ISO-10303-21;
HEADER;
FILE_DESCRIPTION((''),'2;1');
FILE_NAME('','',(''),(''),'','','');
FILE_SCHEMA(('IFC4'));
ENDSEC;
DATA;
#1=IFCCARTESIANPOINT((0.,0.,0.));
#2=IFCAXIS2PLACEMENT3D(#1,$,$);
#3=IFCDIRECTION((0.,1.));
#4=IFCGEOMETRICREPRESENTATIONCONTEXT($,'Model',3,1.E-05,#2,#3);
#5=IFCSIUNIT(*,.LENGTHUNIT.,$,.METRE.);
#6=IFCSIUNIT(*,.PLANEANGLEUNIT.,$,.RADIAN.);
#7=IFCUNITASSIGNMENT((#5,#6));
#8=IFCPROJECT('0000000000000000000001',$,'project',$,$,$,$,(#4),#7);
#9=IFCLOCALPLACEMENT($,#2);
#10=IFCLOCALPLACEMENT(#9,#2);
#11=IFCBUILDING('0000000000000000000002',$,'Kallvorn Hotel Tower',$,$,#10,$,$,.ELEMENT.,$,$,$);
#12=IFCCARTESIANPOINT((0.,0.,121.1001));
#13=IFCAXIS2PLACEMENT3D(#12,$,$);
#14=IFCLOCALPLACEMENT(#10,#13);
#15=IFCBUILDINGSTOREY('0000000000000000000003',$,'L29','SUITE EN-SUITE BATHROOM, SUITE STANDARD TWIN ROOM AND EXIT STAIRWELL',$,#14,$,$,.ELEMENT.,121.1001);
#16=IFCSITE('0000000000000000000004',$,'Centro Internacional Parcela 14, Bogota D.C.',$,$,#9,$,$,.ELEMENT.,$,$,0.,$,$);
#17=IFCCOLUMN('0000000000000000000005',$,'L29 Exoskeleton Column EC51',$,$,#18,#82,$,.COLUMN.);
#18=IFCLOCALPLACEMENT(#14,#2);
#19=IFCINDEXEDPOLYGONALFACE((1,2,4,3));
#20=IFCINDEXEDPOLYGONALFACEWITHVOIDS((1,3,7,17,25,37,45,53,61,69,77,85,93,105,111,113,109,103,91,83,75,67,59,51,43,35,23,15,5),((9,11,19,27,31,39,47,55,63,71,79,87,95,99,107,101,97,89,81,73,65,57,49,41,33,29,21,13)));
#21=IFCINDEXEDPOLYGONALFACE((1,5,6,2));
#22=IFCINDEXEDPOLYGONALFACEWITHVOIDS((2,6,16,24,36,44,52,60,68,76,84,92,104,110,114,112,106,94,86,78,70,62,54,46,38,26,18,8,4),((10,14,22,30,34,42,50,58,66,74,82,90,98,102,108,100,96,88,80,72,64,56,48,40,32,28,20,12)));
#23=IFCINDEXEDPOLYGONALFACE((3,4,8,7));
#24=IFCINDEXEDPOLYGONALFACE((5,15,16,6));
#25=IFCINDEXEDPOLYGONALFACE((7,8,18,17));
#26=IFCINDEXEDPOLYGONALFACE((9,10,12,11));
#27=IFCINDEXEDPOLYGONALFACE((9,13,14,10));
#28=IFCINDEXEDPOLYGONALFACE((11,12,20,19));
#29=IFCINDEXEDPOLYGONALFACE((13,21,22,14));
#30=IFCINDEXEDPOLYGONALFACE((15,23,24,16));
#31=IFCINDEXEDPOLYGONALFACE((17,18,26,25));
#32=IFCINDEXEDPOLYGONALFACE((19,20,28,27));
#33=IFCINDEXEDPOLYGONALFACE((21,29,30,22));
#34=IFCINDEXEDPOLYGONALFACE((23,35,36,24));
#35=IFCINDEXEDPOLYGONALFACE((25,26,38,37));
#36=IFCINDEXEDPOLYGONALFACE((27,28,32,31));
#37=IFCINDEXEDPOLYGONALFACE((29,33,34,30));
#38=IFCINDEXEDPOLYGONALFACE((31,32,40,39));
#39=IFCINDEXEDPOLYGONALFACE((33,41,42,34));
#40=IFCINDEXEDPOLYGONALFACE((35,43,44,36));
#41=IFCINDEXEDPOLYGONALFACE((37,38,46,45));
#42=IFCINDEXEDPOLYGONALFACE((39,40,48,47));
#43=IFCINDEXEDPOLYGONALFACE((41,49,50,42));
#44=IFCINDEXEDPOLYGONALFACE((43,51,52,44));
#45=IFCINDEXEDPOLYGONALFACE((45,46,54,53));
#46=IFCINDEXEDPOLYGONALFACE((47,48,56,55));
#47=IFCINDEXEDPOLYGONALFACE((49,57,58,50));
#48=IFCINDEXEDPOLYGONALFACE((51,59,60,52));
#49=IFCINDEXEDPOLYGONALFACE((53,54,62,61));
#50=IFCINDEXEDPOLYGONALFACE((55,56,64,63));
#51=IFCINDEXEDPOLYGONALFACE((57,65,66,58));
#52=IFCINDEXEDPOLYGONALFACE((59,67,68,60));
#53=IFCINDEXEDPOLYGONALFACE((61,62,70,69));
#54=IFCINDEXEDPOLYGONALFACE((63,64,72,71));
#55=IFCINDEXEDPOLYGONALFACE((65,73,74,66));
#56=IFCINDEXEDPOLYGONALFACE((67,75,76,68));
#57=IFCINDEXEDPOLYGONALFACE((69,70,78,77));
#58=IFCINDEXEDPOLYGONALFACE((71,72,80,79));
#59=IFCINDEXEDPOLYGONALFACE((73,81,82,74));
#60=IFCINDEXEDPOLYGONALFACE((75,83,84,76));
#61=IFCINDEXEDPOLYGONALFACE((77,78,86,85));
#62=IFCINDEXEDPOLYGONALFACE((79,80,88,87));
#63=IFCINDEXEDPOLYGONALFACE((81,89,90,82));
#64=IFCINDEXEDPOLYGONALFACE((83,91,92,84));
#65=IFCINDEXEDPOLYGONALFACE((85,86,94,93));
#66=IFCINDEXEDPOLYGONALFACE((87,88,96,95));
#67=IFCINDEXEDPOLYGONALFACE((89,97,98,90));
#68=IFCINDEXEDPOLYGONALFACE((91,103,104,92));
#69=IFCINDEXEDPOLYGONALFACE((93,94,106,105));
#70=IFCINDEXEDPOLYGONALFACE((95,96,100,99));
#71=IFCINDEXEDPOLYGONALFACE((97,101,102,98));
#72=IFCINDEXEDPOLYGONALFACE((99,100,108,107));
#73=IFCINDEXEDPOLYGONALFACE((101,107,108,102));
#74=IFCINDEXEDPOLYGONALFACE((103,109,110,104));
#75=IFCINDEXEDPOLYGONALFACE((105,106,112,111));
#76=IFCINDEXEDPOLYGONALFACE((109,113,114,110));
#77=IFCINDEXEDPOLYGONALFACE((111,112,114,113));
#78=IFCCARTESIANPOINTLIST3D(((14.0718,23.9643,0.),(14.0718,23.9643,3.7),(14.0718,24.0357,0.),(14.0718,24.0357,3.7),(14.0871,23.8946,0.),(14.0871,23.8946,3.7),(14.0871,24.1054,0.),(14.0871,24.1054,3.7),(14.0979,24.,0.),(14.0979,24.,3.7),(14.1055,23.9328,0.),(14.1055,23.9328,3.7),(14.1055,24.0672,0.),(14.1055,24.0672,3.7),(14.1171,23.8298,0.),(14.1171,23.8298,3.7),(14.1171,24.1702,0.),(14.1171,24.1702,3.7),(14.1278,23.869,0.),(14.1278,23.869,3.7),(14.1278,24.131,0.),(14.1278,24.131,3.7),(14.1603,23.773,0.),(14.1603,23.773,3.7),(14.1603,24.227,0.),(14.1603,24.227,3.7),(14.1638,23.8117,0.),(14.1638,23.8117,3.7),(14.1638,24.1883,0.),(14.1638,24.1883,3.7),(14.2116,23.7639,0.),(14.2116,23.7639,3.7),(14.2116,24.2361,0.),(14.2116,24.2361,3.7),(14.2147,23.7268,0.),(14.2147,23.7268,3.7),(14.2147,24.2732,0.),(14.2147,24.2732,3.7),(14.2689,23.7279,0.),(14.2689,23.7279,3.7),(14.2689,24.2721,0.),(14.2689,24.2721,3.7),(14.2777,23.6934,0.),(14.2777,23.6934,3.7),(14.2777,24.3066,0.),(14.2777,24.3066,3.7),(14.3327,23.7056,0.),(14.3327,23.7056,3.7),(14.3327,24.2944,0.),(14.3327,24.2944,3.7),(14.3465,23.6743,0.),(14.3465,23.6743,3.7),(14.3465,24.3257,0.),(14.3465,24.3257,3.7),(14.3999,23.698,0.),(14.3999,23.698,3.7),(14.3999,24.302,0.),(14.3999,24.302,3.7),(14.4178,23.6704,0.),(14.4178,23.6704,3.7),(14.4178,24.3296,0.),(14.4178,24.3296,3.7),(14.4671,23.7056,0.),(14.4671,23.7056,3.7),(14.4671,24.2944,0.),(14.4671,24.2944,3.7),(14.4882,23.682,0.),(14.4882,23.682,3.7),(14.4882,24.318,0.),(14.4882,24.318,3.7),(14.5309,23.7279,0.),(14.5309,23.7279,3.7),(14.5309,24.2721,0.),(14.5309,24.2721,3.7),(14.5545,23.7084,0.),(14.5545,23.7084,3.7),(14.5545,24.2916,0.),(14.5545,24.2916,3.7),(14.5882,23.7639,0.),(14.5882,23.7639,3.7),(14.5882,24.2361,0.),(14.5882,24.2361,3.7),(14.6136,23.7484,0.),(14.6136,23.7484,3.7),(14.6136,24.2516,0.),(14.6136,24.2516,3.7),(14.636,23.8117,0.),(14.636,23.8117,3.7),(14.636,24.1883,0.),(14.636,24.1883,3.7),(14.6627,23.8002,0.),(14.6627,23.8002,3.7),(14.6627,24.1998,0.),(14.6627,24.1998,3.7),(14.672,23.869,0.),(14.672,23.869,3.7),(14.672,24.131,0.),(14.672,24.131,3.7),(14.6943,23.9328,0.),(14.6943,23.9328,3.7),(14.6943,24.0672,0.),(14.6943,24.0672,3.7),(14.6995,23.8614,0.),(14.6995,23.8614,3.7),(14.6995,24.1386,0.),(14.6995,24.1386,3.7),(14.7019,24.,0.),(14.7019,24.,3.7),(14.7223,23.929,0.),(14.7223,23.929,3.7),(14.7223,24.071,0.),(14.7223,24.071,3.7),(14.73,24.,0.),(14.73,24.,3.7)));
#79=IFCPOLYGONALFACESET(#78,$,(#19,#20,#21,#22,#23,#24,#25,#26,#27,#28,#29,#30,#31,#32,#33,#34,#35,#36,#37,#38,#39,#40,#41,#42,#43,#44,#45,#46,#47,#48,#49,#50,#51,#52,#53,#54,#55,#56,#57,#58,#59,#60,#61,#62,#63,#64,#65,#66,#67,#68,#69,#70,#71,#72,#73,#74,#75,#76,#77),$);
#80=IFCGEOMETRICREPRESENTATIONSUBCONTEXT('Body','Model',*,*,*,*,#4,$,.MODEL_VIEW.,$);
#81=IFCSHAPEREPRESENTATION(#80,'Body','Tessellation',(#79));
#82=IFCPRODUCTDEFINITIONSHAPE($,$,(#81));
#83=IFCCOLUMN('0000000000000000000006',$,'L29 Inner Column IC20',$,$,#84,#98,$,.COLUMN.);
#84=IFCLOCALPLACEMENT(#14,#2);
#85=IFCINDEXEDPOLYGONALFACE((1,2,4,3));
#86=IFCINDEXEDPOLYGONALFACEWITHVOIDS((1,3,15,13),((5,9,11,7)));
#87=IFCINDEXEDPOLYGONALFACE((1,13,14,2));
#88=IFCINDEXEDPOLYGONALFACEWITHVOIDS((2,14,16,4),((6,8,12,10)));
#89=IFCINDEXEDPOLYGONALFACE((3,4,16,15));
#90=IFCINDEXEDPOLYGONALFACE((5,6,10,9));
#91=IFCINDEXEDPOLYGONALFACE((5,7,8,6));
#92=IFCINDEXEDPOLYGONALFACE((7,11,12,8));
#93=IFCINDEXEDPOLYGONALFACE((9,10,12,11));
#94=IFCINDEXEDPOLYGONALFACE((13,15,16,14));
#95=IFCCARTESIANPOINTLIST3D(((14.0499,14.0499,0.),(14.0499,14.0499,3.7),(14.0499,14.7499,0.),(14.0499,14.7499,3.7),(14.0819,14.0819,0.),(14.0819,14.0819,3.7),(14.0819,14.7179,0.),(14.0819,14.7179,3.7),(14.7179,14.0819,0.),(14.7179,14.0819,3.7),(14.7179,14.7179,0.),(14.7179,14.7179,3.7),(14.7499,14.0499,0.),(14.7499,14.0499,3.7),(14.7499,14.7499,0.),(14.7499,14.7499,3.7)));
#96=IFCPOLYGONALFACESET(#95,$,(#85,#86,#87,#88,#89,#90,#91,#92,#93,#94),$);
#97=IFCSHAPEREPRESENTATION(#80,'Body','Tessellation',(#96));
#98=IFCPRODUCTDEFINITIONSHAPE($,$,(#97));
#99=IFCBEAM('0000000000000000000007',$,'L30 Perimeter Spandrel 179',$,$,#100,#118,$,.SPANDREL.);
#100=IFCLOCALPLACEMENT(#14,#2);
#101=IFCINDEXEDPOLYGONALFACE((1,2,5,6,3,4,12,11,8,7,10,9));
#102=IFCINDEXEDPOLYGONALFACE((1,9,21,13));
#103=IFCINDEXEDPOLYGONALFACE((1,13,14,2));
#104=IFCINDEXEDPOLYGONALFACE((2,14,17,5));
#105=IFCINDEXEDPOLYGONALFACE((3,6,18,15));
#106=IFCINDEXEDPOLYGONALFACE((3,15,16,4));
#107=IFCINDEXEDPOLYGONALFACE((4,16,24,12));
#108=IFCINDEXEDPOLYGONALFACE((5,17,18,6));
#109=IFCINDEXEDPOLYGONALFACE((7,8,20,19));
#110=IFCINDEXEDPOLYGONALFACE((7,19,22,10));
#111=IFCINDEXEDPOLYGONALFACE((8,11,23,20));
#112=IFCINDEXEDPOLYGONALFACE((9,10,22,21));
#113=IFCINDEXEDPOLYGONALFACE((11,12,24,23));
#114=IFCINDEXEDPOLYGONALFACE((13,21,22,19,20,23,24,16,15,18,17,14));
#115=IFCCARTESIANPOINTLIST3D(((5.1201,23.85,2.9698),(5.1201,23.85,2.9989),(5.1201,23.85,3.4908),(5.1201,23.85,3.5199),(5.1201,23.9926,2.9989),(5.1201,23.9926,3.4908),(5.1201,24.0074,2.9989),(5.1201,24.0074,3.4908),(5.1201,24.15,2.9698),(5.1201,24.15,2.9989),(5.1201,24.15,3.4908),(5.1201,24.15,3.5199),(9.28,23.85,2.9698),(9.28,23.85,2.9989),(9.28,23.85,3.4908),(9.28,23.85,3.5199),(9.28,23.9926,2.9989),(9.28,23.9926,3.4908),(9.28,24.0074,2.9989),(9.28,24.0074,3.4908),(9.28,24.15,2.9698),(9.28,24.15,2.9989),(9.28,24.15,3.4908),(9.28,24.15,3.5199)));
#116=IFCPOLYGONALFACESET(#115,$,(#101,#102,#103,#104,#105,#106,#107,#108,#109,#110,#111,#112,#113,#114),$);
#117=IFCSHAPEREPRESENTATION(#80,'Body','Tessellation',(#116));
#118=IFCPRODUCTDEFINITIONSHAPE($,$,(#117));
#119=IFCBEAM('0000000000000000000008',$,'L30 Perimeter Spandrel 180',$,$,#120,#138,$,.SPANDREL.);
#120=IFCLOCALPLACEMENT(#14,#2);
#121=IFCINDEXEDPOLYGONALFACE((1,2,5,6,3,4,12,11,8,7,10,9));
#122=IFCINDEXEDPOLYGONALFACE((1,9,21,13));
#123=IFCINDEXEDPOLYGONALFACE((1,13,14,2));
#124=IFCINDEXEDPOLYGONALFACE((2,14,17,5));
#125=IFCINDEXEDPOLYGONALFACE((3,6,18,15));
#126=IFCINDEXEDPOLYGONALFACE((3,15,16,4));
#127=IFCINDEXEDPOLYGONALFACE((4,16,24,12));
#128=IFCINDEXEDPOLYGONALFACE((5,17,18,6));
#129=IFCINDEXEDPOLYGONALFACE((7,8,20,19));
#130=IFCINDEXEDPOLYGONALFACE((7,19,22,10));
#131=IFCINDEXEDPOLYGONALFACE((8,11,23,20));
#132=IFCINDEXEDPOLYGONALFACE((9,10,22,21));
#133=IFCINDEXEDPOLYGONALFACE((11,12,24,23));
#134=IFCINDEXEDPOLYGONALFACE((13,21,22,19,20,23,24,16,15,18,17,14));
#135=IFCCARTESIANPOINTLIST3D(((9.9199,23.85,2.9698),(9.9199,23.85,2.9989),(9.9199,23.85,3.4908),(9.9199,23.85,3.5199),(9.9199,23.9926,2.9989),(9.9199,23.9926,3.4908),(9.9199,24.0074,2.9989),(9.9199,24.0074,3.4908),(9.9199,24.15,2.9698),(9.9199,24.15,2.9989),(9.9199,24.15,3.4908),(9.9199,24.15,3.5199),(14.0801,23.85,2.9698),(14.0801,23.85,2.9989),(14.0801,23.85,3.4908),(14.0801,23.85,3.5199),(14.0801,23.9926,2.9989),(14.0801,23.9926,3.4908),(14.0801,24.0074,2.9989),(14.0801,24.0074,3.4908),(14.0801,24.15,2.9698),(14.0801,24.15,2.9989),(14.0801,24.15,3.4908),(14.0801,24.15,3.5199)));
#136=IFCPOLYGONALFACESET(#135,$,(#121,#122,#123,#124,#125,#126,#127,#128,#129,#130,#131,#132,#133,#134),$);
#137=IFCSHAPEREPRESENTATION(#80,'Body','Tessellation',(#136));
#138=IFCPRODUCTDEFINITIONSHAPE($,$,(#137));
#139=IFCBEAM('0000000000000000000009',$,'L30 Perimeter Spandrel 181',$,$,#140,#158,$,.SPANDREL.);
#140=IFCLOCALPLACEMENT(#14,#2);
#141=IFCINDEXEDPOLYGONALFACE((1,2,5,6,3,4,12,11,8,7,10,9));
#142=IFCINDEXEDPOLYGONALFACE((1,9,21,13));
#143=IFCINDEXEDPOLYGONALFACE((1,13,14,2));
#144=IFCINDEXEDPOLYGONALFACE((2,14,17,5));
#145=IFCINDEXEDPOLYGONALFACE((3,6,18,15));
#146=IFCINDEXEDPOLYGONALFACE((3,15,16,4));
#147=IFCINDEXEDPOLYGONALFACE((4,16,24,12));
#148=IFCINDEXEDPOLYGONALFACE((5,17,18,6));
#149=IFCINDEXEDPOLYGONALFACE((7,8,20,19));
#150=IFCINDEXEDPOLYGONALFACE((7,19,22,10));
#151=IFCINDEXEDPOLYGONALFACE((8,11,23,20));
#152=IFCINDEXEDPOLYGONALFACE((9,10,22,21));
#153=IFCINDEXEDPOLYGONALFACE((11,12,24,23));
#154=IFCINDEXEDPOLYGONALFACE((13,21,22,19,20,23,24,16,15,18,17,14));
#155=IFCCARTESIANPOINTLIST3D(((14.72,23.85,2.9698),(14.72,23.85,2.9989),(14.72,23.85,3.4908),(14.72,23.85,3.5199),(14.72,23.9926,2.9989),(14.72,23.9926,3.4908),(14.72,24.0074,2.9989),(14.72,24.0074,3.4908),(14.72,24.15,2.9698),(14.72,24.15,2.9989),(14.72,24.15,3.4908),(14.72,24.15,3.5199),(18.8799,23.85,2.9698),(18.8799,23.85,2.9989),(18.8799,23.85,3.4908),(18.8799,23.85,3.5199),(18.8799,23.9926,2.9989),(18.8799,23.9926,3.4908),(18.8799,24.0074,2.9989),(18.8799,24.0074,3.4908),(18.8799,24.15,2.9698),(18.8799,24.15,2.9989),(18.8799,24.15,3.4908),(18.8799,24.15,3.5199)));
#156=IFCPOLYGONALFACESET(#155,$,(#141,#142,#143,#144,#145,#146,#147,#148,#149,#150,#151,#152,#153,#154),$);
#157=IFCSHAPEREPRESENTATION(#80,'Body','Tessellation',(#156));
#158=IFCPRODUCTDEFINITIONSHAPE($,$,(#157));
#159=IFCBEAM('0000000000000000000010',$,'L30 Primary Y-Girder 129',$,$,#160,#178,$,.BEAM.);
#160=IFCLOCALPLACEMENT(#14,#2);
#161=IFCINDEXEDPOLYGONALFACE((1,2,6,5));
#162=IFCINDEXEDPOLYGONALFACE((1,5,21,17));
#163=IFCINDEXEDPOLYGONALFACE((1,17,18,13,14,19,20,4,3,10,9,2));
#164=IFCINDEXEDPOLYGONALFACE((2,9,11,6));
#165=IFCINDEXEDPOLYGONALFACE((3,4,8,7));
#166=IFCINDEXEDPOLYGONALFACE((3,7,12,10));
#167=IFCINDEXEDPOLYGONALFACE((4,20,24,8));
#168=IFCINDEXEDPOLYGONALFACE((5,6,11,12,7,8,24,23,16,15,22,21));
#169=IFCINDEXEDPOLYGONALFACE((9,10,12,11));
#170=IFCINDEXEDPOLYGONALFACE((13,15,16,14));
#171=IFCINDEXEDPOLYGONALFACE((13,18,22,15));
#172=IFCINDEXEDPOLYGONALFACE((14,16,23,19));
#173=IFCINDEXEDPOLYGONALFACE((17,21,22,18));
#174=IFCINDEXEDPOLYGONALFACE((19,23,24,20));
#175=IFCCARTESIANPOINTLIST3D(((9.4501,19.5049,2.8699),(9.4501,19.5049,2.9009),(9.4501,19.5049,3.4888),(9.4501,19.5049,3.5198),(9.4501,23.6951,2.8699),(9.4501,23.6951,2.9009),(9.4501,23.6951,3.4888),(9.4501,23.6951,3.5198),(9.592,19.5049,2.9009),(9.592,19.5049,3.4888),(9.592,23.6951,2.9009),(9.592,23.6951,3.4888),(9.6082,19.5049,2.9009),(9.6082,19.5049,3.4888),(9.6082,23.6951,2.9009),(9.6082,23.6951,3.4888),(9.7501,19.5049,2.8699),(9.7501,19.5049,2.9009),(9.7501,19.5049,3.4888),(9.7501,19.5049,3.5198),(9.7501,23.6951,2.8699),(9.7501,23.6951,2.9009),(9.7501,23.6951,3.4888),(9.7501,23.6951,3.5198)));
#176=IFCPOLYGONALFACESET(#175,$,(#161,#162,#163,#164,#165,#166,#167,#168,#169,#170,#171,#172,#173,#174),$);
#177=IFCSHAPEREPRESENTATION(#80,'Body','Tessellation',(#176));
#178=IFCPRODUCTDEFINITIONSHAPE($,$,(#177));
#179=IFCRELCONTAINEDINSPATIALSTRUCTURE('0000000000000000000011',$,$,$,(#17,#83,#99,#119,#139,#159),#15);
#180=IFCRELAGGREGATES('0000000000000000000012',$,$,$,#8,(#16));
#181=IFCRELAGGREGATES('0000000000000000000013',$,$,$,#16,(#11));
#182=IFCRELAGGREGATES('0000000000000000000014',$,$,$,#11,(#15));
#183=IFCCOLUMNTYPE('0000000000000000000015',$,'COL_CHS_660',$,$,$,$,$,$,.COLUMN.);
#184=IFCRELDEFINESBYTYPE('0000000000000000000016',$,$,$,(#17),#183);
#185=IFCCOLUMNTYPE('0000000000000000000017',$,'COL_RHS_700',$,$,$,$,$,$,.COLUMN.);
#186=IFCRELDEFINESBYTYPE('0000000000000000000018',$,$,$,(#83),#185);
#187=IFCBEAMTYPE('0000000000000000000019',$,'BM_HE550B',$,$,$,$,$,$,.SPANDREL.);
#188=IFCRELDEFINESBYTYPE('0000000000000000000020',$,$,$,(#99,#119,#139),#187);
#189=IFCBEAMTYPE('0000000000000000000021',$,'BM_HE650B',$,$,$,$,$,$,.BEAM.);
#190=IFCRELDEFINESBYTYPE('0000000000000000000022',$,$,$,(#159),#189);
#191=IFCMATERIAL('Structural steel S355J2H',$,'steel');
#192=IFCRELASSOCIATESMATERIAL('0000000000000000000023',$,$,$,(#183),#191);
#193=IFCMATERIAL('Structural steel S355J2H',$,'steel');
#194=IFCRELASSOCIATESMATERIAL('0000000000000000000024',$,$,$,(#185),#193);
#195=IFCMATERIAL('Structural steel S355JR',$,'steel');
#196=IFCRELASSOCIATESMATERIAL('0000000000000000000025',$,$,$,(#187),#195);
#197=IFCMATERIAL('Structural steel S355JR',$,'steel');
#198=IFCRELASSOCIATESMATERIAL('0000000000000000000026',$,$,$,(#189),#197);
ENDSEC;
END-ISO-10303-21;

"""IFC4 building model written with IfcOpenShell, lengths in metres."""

from ifc_helpers import new_model, si_unit, direction, frame, origin, origin_2d, place, context, subcontext, project, spatial, hollow_rectangle, hollow_circle, i_section, extrude, material, material_profile, profile_set, type_object, element, save


model = new_model("IFC4")

# Units and contexts
model_context = context("Model", 3, precision=1e-05, world=origin(), true_north=direction((0.0, 1.0)))
body_context = subcontext(model_context, "Body", "Model", "MODEL_VIEW")
ifc_project = project(units=[si_unit("LENGTHUNIT", "METRE"), si_unit("PLANEANGLEUNIT", "RADIAN")], contexts=[model_context])

# Site, building, storey
site_placement = place(None, origin())
site = spatial("IfcSite", under=ifc_project, at=site_placement, Name="Centro Internacional Parcela 14, Bogota D.C.", CompositionType="ELEMENT", RefElevation=0.0)
building_placement = place(site_placement, origin())
building = spatial("IfcBuilding", under=site, at=building_placement, Name="Kallvorn Hotel Tower", CompositionType="ELEMENT")
storey_placement = place(building_placement, frame((0.0, 0.0, 121.1001)))
storey = spatial("IfcBuildingStorey", under=building, at=storey_placement, Name="L29", Description="SUITE EN-SUITE BATHROOM, SUITE STANDARD TWIN ROOM AND EXIT STAIRWELL", CompositionType="ELEMENT", Elevation=121.1001)

# Columns
ifc_material_1 = material(Name="Structural steel S355J2H", Category="steel")
ifc_material_profile_1 = material_profile(ifc_material_1, hollow_circle(Radius=0.3301, WallThickness=0.0281, at=origin_2d()), Name="CHS 660x28")
ifc_profile_set_1 = profile_set([ifc_material_profile_1], Name="Structural steel S355J2H")
column_type_1 = type_object("IfcColumnType", Name="COL_CHS_660", PredefinedType="COLUMN", material=ifc_profile_set_1)
for number, where, z_axis, x_axis, name in (
    (1, (14.3999, 24.0, 0.0), (0.0, 0.0, 1.0), (1.0, 0.0, 0.0), "L29 Exoskeleton Column EC51"),
):
    element("IfcColumn", number, at=place(storey_placement, frame(where, z_axis=z_axis, x_axis=x_axis)), inside=storey, type_object=column_type_1, Name=name, PredefinedType="COLUMN", context=body_context, shape_type="SweptSolid", body=[
        extrude(hollow_circle(Radius=0.3301, WallThickness=0.0281, at=origin_2d()), origin(), (0.0, 0.0, 1.0), 3.7),
    ])
ifc_material_2 = material(Name="Structural steel S355J2H", Category="steel")
ifc_material_profile_2 = material_profile(ifc_material_2, hollow_rectangle(XDim=0.7, YDim=0.7, WallThickness=0.032, at=origin_2d()), Name="RHS 700x700x32")
ifc_profile_set_2 = profile_set([ifc_material_profile_2], Name="Structural steel S355J2H")
column_type_2 = type_object("IfcColumnType", Name="COL_RHS_700", PredefinedType="COLUMN", material=ifc_profile_set_2)
column_placement = place(storey_placement, frame((14.3999, 14.3999, 0.0), z_axis=(0.0, 0.0, 1.0), x_axis=(1.0, 0.0, 0.0)))
element("IfcColumn", 2, at=column_placement, inside=storey, type_object=column_type_2, Name="L29 Inner Column IC20", PredefinedType="COLUMN", context=body_context, shape_type="SweptSolid", body=[
    extrude(hollow_rectangle(XDim=0.7, YDim=0.7, WallThickness=0.032, at=origin_2d()), origin(), (0.0, 0.0, 1.0), 3.7),
])

# Beams
ifc_material_3 = material(Name="Structural steel S355JR", Category="steel")
ifc_material_profile_3 = material_profile(ifc_material_3, i_section(OverallWidth=0.3, OverallDepth=0.55, WebThickness=0.0149, FlangeThickness=0.0291, at=origin_2d()), Name="HE 550 B")
ifc_profile_set_3 = profile_set([ifc_material_profile_3], Name="Structural steel S355JR")
beam_type_1 = type_object("IfcBeamType", Name="BM_HE550B", PredefinedType="SPANDREL", material=ifc_profile_set_3)
beam_1_placement = place(storey_placement, frame((5.1201, 24.0, 3.2449), z_axis=(1.0, 0.0, 0.0), x_axis=(0.0, 1.0, 0.0)))
element("IfcBeam", 3, at=beam_1_placement, inside=storey, type_object=beam_type_1, Name="L30 Perimeter Spandrel 179", PredefinedType="SPANDREL", context=body_context, shape_type="SweptSolid", body=[
    extrude(i_section(OverallWidth=0.3, OverallDepth=0.55, WebThickness=0.0149, FlangeThickness=0.0291, at=origin_2d()), origin(), (0.0, 0.0, 1.0), 4.1599),
])
beam_2_placement = place(storey_placement, frame((9.9199, 24.0, 3.2449), z_axis=(1.0, 0.0, 0.0), x_axis=(0.0, 1.0, 0.0)))
element("IfcBeam", 4, at=beam_2_placement, inside=storey, type_object=beam_type_1, Name="L30 Perimeter Spandrel 180", PredefinedType="SPANDREL", context=body_context, shape_type="SweptSolid", body=[
    extrude(i_section(OverallWidth=0.3, OverallDepth=0.55, WebThickness=0.0149, FlangeThickness=0.0291, at=origin_2d()), origin(), (0.0, 0.0, 1.0), 4.1602),
])
beam_3_placement = place(storey_placement, frame((14.72, 24.0, 3.2449), z_axis=(1.0, 0.0, 0.0), x_axis=(0.0, 1.0, 0.0)))
element("IfcBeam", 5, at=beam_3_placement, inside=storey, type_object=beam_type_1, Name="L30 Perimeter Spandrel 181", PredefinedType="SPANDREL", context=body_context, shape_type="SweptSolid", body=[
    extrude(i_section(OverallWidth=0.3, OverallDepth=0.55, WebThickness=0.0149, FlangeThickness=0.0291, at=origin_2d()), origin(), (0.0, 0.0, 1.0), 4.1599),
])
ifc_material_4 = material(Name="Structural steel S355JR", Category="steel")
ifc_material_profile_4 = material_profile(ifc_material_4, i_section(OverallWidth=0.3, OverallDepth=0.6499, WebThickness=0.0161, FlangeThickness=0.031, at=origin_2d()), Name="HE 650 B")
ifc_profile_set_4 = profile_set([ifc_material_profile_4], Name="Structural steel S355JR")
beam_type_2 = type_object("IfcBeamType", Name="BM_HE650B", PredefinedType="BEAM", material=ifc_profile_set_4)
beam_4_placement = place(storey_placement, frame((9.6001, 19.5049, 3.1948), z_axis=(0.0, 1.0, 0.0), x_axis=(-1.0, 0.0, 0.0)))
element("IfcBeam", 6, at=beam_4_placement, inside=storey, type_object=beam_type_2, Name="L30 Primary Y-Girder 129", PredefinedType="BEAM", context=body_context, shape_type="SweptSolid", body=[
    extrude(i_section(OverallWidth=0.3, OverallDepth=0.6499, WebThickness=0.0161, FlangeThickness=0.031, at=origin_2d()), origin(), (0.0, 0.0, 1.0), 4.1902),
])

save(model, "model.ifc")
